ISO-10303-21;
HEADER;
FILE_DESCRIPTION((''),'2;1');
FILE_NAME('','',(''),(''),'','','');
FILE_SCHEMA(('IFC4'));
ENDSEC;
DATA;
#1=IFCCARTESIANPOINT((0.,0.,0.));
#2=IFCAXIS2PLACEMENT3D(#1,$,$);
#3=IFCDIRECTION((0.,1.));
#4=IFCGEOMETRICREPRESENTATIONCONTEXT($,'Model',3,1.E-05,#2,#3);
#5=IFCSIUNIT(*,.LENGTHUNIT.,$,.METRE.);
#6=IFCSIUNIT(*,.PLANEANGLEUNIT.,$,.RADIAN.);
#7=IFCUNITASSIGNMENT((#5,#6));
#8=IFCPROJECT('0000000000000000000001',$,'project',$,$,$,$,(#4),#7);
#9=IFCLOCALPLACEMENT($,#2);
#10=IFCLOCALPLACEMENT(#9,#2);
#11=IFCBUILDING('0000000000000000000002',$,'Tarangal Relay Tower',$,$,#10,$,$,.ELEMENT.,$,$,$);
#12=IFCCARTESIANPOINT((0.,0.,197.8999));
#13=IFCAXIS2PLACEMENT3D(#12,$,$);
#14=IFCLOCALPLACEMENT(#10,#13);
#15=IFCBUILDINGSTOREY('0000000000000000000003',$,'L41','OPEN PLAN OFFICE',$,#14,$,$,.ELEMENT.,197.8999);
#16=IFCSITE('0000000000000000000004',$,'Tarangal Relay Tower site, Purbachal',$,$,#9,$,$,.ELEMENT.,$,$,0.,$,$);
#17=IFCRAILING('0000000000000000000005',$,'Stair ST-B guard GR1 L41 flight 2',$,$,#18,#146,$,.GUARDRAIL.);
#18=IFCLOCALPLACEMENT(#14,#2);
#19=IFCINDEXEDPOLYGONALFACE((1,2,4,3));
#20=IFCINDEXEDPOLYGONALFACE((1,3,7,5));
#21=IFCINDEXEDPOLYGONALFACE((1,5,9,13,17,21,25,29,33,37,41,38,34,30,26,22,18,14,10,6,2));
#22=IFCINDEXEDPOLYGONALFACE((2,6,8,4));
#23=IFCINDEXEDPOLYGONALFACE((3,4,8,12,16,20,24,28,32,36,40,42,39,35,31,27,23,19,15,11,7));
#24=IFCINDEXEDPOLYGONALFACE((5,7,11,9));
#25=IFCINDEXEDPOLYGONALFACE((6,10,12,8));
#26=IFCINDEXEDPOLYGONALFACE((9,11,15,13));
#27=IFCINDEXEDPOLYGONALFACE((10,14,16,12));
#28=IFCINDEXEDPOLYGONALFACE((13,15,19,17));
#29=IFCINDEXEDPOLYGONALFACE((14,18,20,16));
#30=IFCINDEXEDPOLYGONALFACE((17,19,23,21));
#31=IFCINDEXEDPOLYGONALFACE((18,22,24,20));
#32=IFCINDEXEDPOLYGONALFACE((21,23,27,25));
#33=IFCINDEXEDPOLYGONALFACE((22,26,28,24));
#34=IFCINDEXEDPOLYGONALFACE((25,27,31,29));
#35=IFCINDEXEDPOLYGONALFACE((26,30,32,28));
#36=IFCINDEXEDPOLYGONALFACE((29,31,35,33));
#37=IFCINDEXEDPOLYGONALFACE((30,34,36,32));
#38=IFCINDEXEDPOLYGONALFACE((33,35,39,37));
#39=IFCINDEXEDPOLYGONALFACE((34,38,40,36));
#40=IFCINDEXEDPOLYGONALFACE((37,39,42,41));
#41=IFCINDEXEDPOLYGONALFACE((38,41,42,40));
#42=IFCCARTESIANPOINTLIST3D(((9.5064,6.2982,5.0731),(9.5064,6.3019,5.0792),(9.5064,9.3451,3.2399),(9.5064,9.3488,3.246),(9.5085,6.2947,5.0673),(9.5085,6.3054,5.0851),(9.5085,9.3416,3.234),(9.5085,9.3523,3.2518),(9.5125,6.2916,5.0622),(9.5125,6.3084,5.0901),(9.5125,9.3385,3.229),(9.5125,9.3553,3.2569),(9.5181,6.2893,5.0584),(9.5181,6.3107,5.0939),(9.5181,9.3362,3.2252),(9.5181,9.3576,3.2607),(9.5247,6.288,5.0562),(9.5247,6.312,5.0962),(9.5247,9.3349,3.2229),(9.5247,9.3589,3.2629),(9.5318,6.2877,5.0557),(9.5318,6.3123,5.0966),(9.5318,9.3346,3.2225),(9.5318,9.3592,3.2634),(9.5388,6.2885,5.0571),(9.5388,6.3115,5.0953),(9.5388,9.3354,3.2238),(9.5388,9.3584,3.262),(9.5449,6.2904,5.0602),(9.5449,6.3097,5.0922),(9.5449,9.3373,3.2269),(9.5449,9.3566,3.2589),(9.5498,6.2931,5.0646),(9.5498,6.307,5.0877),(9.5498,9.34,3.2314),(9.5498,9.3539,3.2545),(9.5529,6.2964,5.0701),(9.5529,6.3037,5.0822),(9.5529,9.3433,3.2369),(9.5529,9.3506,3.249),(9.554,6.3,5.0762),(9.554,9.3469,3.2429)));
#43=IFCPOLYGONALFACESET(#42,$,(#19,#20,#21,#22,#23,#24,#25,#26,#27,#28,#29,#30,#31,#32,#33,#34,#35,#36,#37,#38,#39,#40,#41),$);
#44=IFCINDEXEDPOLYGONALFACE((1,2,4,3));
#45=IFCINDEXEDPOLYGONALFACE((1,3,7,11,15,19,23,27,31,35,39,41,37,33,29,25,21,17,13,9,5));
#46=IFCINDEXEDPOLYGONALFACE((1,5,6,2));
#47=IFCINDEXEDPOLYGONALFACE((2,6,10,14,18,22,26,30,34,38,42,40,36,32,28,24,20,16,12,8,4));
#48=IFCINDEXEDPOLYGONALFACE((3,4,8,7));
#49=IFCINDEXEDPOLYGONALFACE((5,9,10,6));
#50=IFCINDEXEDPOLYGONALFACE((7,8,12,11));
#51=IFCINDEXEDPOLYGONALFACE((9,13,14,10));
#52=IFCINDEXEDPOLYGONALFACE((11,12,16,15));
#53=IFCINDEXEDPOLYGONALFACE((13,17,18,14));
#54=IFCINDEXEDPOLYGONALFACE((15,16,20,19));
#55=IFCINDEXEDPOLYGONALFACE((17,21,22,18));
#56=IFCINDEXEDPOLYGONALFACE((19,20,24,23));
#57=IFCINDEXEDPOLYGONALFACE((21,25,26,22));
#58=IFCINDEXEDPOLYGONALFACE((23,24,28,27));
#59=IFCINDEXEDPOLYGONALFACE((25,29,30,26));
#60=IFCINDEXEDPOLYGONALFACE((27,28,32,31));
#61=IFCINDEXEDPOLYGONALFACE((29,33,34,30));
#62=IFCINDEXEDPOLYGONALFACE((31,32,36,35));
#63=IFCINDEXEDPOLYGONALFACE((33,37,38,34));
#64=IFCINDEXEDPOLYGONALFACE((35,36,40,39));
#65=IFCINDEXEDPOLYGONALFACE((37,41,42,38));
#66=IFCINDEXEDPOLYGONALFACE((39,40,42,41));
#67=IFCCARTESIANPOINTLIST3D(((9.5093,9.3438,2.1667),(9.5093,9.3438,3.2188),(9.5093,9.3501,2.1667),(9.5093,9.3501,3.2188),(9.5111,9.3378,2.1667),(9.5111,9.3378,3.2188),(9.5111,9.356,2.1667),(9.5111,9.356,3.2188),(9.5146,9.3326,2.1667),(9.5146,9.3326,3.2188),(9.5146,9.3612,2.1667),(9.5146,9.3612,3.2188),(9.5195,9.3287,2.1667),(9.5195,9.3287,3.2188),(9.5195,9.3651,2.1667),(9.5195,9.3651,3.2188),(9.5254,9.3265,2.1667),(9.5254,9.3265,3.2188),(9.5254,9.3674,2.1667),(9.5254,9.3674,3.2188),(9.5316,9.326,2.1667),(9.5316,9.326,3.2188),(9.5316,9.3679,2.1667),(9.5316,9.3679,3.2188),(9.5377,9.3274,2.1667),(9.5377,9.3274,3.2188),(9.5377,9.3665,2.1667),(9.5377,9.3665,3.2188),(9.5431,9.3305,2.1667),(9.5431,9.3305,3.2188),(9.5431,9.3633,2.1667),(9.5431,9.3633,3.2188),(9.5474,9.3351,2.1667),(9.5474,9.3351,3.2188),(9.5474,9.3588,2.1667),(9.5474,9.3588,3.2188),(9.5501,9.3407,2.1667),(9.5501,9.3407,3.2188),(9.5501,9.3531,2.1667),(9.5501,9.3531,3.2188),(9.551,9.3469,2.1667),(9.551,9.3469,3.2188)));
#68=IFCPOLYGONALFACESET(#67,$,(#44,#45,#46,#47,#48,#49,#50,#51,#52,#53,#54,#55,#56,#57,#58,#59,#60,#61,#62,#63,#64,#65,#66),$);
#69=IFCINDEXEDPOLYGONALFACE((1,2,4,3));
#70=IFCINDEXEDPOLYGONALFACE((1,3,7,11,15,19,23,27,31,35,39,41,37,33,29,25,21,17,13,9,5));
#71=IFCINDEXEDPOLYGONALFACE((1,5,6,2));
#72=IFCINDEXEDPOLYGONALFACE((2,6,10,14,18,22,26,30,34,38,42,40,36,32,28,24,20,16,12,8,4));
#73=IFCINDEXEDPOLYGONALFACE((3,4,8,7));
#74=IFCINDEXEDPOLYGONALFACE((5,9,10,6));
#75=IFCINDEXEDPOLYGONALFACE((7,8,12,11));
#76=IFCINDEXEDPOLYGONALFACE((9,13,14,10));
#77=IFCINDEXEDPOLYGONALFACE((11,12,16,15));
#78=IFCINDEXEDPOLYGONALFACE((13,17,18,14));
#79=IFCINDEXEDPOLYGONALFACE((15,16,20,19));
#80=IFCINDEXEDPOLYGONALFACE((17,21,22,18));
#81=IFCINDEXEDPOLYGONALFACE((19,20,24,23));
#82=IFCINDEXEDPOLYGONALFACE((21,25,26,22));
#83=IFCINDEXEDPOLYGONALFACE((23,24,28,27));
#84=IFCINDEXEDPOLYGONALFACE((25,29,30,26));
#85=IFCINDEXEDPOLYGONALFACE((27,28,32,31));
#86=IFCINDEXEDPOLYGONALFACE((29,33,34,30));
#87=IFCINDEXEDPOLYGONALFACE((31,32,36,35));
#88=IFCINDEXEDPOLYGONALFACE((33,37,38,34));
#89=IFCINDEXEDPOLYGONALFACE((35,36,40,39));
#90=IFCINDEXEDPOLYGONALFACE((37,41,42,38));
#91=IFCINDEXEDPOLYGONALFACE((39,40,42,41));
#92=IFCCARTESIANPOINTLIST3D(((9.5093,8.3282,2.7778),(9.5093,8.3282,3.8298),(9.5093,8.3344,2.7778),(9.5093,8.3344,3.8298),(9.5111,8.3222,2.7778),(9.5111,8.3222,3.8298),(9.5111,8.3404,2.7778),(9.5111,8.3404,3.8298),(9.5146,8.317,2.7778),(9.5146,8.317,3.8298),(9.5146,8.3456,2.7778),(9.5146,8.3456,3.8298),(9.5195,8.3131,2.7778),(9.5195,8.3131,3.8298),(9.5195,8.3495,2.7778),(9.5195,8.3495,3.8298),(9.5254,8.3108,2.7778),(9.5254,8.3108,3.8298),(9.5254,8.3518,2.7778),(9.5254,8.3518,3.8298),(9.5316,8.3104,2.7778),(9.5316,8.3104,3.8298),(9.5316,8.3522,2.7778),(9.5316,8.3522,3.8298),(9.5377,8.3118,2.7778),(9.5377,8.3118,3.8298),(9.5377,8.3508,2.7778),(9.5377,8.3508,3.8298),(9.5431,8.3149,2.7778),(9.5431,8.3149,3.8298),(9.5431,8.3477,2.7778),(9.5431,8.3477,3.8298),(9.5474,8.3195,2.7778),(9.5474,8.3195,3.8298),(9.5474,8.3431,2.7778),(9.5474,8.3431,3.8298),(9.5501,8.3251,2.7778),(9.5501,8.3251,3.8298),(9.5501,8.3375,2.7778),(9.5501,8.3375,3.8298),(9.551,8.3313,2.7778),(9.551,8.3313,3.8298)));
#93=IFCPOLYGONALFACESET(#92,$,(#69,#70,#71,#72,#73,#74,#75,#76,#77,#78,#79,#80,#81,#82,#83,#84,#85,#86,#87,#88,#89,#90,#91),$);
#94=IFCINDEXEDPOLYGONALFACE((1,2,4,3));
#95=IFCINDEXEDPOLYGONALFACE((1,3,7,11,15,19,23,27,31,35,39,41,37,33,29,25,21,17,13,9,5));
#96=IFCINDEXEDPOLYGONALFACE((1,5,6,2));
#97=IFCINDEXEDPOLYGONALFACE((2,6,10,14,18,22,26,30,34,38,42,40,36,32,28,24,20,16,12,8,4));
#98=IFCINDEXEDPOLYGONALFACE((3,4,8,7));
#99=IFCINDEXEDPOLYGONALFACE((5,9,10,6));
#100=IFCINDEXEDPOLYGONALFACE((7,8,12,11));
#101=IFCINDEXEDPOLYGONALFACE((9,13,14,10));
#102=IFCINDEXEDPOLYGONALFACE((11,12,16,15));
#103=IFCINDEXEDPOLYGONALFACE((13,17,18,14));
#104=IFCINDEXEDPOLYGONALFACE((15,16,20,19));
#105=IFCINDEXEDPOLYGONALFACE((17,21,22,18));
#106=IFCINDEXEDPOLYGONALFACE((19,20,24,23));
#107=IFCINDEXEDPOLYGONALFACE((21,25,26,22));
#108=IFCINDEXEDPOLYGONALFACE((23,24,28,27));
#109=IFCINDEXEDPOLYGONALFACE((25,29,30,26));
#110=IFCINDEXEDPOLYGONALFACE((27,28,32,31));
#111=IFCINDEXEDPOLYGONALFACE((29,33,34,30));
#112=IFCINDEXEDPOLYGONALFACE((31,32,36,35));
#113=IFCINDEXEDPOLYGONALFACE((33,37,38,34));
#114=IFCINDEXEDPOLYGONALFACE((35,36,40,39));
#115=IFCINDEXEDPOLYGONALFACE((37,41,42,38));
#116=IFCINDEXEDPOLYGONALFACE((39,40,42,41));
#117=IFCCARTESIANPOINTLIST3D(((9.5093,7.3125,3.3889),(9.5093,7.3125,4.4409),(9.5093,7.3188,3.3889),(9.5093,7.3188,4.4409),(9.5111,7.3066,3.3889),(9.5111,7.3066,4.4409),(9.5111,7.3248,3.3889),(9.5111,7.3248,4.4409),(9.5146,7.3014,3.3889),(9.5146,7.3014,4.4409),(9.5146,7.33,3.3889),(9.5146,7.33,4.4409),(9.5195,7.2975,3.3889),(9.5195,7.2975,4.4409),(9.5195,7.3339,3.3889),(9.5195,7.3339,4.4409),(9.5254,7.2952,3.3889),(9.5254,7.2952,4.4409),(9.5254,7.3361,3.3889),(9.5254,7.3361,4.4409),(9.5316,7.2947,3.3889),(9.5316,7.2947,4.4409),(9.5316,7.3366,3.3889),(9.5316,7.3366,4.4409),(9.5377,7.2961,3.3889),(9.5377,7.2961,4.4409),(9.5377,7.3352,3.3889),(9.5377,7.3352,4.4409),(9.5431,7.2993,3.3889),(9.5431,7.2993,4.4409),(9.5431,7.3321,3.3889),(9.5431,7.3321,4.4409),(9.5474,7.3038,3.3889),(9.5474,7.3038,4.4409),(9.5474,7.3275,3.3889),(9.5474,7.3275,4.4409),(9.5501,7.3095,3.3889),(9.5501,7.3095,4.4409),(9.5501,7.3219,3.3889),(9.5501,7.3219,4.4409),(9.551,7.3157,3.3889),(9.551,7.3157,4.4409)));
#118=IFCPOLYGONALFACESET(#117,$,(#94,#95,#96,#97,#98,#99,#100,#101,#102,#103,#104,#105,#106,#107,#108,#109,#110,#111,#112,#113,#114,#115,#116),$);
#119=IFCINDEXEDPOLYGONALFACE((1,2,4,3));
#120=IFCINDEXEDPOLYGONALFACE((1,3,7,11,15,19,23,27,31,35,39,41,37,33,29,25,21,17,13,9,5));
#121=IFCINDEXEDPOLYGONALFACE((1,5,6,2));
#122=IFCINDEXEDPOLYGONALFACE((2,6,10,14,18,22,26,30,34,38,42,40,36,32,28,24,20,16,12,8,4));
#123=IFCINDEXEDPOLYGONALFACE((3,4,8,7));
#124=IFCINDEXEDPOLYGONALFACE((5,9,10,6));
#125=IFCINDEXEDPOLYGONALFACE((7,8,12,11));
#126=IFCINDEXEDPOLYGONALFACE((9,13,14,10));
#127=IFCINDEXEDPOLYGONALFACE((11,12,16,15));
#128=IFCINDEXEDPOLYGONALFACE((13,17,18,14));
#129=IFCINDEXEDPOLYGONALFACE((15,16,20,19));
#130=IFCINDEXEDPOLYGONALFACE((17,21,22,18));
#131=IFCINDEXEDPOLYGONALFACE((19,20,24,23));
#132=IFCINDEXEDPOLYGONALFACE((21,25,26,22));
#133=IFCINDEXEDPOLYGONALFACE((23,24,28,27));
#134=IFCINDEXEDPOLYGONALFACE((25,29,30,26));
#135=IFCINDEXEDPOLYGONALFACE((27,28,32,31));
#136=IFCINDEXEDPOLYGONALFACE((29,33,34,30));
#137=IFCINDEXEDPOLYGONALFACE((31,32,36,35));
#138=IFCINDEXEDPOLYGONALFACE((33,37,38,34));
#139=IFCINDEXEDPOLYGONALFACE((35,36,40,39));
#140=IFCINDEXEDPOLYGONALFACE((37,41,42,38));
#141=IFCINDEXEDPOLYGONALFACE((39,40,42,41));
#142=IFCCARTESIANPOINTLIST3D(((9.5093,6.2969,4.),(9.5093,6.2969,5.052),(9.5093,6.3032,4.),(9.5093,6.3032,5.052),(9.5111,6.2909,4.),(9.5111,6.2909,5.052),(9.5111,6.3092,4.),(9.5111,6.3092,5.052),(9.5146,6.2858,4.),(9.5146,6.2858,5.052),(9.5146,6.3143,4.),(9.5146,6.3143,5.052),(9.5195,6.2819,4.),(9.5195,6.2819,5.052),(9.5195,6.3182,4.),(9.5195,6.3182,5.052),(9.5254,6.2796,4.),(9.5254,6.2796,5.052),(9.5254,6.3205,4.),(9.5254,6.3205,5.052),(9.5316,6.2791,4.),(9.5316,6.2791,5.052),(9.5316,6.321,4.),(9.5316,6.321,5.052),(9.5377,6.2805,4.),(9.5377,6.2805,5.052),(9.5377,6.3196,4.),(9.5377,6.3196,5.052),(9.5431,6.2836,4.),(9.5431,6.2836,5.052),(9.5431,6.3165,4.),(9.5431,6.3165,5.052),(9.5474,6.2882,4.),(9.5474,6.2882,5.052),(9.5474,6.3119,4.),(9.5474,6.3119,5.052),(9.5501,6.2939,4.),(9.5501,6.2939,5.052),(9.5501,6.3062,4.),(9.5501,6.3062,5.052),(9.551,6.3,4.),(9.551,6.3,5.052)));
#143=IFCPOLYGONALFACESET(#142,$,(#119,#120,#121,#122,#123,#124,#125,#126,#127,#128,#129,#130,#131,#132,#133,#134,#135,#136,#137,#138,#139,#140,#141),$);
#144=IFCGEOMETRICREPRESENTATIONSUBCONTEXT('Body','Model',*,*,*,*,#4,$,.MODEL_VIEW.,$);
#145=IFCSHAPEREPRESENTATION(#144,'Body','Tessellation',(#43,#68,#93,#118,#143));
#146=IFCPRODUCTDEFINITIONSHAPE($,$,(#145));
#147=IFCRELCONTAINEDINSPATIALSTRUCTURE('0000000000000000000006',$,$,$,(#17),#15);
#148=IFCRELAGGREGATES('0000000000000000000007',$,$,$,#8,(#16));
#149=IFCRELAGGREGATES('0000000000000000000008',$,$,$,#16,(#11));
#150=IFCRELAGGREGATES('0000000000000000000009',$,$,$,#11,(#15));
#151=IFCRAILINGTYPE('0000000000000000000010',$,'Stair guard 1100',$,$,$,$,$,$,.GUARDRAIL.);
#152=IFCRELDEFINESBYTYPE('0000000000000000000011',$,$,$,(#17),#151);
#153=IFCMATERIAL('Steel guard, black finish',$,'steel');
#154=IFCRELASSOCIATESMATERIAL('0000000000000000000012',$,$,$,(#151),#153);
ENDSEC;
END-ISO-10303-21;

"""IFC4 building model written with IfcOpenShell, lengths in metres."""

from ifc_helpers import new_model, si_unit, direction, frame, origin, origin_2d, place, context, subcontext, project, spatial, circle, extrude, material, type_object, element, save


model = new_model("IFC4")

# Units and contexts
model_context = context("Model", 3, precision=1e-05, world=origin(), true_north=direction((0.0, 1.0)))
body_context = subcontext(model_context, "Body", "Model", "MODEL_VIEW")
ifc_project = project(units=[si_unit("LENGTHUNIT", "METRE"), si_unit("PLANEANGLEUNIT", "RADIAN")], contexts=[model_context])

# Site, building, storey
site_placement = place(None, origin())
site = spatial("IfcSite", under=ifc_project, at=site_placement, Name="Tarangal Relay Tower site, Purbachal", CompositionType="ELEMENT", RefElevation=0.0)
building_placement = place(site_placement, origin())
building = spatial("IfcBuilding", under=site, at=building_placement, Name="Tarangal Relay Tower", CompositionType="ELEMENT")
storey_placement = place(building_placement, frame((0.0, 0.0, 197.8999)))
storey = spatial("IfcBuildingStorey", under=building, at=storey_placement, Name="L41", Description="OPEN PLAN OFFICE", CompositionType="ELEMENT", Elevation=197.8999)

# Railing
ifc_material_1 = material(Name="Steel guard, black finish", Category="steel")
railing_type_1 = type_object("IfcRailingType", Name="Stair guard 1100", PredefinedType="GUARDRAIL", material=ifc_material_1)
railing_1_placement = place(storey_placement, frame((9.53, 9.3469, 2.1667)))
element("IfcRailing", 1, at=railing_1_placement, inside=storey, type_object=railing_type_1, Name="Stair ST-B guard GR1 L41 flight 2", PredefinedType="GUARDRAIL", context=body_context, shape_type="SweptSolid", body=[
    extrude(circle(Radius=0.0239, at=origin_2d()), frame((0.0, 0.0, 1.0762), z_axis=(0.0, -0.856856, 0.515556), x_axis=(1.0, 0.0, 0.0)), (0.0, 0.0, 1.0), 3.5559),
    extrude(circle(Radius=0.021, at=origin_2d()), origin(), (0.0, 0.0, 1.0), 1.052),
    extrude(circle(Radius=0.021, at=origin_2d()), frame((0.0, -1.0156, 0.6111)), (0.0, 0.0, 1.0), 1.052),
    extrude(circle(Radius=0.021, at=origin_2d()), frame((0.0, -2.0312, 1.2222)), (0.0, 0.0, 1.0), 1.052),
    extrude(circle(Radius=0.021, at=origin_2d()), frame((0.0, -3.0469, 1.8333)), (0.0, 0.0, 1.0), 1.052),
])

save(model, "model.ifc")
